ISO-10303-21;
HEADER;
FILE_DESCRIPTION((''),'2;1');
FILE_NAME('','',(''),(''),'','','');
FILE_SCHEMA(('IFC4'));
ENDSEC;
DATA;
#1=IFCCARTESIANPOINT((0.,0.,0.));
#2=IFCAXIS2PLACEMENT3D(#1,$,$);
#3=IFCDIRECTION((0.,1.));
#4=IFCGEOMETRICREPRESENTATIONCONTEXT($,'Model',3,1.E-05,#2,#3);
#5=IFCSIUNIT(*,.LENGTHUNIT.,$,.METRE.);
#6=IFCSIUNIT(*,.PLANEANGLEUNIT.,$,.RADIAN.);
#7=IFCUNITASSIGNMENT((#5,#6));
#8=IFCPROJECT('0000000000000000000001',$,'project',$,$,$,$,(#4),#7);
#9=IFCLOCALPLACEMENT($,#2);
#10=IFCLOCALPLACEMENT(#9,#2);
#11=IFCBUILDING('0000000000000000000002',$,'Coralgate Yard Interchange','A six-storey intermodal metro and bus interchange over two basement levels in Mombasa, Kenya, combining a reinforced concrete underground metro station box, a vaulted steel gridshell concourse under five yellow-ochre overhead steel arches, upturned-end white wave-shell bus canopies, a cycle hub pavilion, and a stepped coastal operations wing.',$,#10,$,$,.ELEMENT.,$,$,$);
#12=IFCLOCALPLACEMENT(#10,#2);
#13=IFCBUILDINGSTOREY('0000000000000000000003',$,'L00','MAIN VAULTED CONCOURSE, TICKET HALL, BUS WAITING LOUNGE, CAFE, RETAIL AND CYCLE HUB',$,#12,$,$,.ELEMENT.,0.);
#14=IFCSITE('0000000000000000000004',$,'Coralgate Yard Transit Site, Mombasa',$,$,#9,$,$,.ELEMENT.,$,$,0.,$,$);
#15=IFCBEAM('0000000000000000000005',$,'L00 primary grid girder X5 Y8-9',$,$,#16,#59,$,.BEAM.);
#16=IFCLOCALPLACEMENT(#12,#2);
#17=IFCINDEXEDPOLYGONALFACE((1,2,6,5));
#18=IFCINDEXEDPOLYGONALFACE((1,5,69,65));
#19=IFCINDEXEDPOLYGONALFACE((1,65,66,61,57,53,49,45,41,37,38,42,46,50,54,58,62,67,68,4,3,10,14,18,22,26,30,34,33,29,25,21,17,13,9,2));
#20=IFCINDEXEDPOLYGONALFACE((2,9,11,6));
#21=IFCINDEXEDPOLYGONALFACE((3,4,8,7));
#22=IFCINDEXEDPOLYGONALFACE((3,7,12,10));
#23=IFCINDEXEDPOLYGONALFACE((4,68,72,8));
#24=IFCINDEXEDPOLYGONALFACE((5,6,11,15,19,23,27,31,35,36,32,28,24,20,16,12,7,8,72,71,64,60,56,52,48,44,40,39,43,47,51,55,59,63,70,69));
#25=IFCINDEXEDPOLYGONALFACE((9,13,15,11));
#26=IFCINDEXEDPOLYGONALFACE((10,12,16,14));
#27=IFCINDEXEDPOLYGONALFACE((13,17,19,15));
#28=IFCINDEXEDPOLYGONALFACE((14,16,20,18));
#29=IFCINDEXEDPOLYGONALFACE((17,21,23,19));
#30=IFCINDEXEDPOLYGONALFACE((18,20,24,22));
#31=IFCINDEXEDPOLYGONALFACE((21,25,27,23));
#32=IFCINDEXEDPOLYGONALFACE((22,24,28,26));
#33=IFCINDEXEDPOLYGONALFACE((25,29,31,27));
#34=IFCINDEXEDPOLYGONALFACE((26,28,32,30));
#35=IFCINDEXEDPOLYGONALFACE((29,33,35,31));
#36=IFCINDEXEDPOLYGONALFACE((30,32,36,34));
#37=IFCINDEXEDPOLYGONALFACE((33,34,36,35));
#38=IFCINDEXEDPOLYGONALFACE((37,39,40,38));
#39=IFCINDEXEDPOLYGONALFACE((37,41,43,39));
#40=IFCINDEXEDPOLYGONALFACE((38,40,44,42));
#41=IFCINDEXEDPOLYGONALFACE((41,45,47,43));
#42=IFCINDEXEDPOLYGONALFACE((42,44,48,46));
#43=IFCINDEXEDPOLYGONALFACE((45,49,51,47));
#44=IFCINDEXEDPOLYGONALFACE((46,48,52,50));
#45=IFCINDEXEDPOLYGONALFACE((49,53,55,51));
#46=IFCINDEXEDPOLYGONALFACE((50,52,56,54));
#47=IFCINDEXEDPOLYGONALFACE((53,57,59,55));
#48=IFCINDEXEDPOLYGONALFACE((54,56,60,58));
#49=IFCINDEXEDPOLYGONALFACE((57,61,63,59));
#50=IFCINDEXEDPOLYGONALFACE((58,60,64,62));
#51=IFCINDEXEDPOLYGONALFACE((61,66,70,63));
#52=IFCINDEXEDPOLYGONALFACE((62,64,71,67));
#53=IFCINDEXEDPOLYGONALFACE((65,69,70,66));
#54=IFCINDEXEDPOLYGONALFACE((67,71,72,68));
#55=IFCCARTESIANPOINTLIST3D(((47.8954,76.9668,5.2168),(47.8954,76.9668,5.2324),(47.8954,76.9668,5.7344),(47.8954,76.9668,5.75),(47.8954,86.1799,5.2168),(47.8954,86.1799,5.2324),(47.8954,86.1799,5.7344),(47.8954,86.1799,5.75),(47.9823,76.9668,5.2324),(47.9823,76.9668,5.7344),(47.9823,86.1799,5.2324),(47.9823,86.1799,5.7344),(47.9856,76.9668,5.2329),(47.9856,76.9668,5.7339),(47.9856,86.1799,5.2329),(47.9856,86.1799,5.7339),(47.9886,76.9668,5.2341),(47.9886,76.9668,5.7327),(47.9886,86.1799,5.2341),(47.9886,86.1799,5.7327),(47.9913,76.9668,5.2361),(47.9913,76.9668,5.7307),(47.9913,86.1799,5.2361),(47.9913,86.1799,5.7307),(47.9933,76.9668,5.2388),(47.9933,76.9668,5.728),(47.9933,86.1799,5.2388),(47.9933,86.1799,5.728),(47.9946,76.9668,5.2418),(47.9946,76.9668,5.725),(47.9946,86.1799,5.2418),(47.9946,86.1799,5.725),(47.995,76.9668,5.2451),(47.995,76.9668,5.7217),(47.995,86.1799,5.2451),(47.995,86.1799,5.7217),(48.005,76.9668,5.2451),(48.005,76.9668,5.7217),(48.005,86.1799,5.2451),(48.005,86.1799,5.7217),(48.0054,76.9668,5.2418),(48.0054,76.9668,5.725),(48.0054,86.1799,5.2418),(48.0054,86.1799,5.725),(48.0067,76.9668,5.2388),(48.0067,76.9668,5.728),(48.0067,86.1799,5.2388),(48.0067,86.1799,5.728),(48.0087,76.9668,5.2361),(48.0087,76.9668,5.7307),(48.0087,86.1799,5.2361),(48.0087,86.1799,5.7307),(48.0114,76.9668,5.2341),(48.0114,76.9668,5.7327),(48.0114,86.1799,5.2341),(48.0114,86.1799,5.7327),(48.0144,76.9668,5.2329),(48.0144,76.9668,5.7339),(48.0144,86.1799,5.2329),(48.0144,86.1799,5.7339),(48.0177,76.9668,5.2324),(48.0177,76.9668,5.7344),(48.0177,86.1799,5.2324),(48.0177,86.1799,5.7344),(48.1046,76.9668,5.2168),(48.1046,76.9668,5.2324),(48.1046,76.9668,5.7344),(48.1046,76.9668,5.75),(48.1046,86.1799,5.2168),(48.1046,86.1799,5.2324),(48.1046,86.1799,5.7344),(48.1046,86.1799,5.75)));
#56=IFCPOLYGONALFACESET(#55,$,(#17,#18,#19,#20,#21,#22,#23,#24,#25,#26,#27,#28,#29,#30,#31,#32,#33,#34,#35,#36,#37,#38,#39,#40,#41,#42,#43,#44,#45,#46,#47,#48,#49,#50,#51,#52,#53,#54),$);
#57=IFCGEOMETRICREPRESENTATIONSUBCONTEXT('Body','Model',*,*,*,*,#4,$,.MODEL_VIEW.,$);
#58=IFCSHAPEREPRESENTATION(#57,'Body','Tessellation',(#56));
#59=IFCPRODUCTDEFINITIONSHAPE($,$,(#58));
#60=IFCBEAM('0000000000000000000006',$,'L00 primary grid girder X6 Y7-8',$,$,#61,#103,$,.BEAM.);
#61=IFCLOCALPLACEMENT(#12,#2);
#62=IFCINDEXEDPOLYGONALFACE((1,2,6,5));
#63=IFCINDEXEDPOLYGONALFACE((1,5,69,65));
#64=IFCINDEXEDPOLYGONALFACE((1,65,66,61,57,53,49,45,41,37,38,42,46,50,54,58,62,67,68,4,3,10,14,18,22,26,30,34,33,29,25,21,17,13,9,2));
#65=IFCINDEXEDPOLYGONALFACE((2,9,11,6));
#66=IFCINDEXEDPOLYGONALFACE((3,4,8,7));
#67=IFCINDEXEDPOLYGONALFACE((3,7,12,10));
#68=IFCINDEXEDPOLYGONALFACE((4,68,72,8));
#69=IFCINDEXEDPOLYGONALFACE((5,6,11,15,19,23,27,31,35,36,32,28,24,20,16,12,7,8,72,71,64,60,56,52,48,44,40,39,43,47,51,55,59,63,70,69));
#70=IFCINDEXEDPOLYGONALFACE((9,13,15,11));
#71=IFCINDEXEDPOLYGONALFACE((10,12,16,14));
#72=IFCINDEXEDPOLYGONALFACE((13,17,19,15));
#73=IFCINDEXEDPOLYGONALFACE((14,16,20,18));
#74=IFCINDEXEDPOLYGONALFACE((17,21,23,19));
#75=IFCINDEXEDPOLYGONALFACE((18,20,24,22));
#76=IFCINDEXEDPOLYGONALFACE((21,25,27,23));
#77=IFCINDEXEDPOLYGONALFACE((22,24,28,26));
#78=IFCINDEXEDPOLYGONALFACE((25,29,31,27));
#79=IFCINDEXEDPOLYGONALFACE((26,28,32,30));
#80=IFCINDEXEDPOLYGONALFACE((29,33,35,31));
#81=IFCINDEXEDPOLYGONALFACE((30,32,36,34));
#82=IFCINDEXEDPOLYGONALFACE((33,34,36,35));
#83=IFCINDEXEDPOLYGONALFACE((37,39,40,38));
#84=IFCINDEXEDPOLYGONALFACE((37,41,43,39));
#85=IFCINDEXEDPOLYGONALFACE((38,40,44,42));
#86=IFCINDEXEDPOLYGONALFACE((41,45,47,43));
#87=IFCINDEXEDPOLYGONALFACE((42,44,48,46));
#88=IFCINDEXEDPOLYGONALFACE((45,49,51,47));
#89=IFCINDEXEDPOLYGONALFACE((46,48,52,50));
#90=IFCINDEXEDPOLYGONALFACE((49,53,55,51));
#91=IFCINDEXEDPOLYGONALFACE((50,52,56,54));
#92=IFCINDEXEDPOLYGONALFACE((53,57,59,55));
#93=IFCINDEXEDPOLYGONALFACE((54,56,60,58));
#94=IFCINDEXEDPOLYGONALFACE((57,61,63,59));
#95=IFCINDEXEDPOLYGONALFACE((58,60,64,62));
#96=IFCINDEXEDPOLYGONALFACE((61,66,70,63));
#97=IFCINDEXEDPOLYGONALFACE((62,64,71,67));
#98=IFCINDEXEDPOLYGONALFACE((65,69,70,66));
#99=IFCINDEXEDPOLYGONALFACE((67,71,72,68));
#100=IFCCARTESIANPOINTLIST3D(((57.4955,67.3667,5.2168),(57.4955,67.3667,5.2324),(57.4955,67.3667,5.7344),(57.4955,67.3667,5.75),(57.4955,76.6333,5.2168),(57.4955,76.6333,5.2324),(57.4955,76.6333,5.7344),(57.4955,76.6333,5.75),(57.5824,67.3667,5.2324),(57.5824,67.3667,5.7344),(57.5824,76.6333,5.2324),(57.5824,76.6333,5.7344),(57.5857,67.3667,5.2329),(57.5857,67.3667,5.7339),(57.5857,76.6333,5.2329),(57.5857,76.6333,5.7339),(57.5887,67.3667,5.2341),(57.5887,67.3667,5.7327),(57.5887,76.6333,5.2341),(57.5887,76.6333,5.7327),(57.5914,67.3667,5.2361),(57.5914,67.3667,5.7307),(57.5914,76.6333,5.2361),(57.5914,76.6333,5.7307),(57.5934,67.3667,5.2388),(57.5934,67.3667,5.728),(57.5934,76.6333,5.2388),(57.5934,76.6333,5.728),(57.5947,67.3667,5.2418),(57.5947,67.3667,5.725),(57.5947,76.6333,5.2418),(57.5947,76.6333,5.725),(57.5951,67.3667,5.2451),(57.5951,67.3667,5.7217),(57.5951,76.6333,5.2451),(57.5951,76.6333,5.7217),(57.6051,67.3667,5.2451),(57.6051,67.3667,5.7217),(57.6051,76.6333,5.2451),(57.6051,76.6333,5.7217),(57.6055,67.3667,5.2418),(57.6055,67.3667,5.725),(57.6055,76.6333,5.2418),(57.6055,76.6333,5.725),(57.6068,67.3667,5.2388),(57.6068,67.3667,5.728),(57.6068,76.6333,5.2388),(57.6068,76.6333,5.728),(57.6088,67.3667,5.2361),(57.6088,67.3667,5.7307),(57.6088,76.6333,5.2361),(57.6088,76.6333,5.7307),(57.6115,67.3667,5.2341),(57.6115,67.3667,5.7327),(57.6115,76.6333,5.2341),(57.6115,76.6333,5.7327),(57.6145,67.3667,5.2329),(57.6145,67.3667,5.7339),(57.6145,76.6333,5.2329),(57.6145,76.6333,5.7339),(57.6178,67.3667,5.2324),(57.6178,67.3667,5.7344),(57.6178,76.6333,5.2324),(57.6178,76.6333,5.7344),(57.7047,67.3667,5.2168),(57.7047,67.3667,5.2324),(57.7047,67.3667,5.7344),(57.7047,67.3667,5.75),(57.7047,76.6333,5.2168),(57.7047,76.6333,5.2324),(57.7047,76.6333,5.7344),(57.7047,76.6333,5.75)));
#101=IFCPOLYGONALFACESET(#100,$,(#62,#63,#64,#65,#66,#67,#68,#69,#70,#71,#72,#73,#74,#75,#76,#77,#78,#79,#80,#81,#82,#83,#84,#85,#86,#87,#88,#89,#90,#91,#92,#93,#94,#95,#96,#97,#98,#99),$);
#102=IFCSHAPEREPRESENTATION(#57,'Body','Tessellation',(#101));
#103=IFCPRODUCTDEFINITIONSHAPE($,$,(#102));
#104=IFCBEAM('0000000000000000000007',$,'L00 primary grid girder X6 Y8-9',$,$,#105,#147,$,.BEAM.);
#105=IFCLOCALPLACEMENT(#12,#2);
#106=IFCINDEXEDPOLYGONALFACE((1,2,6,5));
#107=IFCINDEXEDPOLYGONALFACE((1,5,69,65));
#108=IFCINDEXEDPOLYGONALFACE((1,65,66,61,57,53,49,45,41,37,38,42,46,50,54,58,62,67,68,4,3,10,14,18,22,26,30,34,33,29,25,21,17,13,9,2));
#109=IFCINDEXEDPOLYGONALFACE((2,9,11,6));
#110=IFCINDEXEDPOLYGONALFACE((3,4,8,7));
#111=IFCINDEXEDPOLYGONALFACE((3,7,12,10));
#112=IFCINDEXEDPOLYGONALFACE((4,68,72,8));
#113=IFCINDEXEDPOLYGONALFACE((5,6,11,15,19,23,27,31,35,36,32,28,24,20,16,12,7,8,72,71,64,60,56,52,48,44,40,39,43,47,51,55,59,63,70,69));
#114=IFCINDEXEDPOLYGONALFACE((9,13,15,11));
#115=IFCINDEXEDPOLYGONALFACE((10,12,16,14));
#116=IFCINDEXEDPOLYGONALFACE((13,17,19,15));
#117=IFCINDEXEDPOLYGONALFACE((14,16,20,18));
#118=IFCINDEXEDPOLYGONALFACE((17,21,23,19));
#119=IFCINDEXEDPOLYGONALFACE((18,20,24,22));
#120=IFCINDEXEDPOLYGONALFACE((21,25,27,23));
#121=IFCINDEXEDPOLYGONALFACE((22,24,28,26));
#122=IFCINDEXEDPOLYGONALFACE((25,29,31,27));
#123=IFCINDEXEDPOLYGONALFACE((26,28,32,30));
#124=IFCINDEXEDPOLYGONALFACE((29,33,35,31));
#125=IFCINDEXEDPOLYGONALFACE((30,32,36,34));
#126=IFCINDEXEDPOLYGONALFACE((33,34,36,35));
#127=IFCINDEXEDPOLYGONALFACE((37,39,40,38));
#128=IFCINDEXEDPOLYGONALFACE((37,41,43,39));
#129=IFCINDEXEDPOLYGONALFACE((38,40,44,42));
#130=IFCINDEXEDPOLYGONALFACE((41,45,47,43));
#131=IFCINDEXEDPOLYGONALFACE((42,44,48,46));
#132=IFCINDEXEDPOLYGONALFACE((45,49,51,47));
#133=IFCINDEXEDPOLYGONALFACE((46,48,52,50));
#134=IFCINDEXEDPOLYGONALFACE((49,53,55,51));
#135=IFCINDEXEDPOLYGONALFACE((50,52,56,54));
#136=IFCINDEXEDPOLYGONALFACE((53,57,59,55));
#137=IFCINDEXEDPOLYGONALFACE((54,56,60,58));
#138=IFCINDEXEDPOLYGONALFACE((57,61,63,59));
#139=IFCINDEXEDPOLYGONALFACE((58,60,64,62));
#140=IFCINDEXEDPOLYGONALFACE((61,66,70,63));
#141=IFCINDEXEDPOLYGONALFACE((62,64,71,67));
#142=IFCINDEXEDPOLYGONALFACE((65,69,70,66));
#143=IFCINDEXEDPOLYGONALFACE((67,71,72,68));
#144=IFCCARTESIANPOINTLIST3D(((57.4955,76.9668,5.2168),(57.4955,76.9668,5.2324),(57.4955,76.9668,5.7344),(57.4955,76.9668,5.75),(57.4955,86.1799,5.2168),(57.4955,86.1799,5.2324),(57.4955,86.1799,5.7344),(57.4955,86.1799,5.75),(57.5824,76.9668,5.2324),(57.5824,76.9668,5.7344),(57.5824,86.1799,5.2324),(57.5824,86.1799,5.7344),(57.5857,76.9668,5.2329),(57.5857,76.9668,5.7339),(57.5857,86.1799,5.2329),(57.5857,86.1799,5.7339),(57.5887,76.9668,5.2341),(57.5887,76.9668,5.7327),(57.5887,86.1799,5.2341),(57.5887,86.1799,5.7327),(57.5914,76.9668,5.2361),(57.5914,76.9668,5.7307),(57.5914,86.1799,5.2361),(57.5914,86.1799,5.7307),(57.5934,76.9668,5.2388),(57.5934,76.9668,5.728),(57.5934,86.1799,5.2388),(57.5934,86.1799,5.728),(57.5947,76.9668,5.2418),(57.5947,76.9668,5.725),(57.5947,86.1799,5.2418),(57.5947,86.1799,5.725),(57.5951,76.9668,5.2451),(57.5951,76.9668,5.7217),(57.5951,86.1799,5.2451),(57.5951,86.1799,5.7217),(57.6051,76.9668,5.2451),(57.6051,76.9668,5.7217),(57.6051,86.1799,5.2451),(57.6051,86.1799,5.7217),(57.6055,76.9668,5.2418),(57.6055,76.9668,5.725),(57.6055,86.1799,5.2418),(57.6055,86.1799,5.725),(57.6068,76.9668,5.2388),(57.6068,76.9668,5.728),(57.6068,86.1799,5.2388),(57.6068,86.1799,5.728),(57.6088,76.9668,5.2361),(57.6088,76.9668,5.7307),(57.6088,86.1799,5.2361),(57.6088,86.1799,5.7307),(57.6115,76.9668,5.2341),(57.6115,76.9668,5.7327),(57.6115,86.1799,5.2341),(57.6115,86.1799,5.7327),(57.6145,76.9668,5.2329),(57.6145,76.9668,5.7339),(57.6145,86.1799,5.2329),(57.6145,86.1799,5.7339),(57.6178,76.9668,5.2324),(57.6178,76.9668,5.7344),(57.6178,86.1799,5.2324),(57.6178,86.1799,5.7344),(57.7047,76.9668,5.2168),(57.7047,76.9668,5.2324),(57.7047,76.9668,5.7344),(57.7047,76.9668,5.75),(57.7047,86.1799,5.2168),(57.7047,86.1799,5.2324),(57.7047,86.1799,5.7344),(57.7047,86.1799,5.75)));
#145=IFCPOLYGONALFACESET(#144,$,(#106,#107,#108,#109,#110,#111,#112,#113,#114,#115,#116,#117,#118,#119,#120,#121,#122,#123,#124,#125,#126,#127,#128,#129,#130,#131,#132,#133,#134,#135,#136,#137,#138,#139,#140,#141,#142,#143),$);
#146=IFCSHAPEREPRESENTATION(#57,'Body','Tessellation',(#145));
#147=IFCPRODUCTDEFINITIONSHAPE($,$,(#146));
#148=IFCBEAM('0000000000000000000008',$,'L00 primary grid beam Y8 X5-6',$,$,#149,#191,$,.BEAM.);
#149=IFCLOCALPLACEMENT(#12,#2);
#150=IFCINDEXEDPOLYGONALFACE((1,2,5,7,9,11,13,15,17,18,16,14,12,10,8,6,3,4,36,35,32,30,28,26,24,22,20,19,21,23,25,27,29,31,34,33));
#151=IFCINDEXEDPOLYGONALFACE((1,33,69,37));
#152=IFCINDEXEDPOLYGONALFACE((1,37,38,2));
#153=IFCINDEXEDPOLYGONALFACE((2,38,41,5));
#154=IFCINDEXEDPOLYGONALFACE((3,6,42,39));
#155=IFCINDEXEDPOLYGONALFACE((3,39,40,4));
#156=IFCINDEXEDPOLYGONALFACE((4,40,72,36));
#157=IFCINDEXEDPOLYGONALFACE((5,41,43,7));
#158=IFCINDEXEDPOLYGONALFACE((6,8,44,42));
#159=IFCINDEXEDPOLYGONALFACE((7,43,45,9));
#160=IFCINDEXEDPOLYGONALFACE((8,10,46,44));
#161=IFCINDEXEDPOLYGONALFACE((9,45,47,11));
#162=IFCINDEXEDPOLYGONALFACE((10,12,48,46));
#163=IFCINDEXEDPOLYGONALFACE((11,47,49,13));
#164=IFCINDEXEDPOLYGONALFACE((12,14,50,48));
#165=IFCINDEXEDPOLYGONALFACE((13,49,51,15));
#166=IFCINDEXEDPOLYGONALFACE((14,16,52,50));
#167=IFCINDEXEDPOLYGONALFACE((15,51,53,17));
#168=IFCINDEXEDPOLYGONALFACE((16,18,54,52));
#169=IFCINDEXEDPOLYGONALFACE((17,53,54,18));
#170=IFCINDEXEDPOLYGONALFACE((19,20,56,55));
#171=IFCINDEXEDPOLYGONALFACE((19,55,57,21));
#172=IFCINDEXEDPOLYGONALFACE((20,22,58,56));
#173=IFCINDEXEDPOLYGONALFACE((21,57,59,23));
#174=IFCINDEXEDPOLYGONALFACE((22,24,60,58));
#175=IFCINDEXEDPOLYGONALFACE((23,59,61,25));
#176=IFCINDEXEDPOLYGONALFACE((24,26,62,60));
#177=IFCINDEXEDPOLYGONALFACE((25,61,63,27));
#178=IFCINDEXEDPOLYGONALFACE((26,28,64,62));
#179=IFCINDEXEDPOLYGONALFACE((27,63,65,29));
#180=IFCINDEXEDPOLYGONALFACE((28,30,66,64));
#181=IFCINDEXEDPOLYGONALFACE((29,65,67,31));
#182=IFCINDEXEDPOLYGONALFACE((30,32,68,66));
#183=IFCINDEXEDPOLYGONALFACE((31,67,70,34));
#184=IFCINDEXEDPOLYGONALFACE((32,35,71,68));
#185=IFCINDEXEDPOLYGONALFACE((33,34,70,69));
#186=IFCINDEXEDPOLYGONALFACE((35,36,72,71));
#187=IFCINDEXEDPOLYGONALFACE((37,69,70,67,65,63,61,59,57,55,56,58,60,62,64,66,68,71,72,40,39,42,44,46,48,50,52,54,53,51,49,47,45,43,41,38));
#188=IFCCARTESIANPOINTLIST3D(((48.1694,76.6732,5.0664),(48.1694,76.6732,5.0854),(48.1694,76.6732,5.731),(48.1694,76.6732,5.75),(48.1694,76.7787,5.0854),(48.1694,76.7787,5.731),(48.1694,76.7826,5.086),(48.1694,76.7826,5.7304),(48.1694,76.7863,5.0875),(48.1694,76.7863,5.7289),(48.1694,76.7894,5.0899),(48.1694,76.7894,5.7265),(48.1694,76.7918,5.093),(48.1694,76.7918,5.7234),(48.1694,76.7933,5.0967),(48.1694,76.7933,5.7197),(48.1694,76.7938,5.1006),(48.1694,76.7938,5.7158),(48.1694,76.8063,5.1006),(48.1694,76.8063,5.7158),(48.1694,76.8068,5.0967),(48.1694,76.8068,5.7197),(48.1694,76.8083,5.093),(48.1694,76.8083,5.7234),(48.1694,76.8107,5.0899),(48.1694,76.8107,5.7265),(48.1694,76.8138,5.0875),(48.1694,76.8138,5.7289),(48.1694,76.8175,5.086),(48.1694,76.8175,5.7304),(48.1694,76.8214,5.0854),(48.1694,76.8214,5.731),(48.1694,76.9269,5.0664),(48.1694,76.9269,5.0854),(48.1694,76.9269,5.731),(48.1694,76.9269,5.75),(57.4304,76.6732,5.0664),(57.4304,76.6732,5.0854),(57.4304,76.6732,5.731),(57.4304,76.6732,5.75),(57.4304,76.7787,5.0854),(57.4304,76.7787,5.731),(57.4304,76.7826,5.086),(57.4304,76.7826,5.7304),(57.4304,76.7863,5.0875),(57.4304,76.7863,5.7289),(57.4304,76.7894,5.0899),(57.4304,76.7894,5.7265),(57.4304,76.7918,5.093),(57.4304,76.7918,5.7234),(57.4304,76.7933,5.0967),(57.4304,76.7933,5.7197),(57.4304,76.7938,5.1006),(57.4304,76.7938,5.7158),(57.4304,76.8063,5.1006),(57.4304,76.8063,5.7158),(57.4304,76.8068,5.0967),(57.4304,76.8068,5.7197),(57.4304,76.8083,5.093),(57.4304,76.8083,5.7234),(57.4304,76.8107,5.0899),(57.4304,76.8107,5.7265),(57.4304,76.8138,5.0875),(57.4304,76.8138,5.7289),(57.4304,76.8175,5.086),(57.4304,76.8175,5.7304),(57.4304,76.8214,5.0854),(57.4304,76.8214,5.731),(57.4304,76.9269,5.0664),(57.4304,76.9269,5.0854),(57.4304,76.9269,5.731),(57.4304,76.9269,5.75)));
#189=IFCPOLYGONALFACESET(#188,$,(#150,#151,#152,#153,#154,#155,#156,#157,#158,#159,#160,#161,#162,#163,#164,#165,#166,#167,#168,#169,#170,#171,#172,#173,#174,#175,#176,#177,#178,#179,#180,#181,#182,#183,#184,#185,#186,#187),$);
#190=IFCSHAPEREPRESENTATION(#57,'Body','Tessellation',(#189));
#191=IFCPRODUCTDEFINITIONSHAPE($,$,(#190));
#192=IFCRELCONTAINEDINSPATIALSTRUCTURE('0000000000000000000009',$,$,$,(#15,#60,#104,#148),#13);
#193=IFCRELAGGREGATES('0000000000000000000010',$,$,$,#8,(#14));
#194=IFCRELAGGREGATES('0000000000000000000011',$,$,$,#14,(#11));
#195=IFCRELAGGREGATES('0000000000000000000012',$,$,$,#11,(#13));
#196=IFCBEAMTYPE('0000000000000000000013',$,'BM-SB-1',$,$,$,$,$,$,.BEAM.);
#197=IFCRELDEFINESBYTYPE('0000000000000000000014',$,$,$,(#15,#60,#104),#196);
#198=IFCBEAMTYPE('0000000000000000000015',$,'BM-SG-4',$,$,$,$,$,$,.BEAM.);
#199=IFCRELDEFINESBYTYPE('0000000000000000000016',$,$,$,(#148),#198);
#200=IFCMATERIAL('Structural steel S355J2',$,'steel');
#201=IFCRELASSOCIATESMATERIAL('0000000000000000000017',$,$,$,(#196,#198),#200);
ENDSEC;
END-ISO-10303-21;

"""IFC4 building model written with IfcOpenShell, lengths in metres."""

from ifc_helpers import new_model, si_unit, direction, frame, origin, origin_2d, place, context, subcontext, project, spatial, i_section, extrude, material, material_profile, profile_set, type_object, element, save


model = new_model("IFC4")

# Units and contexts
model_context = context("Model", 3, precision=1e-05, world=origin(), true_north=direction((0.0, 1.0)))
body_context = subcontext(model_context, "Body", "Model", "MODEL_VIEW")
ifc_project = project(units=[si_unit("LENGTHUNIT", "METRE"), si_unit("PLANEANGLEUNIT", "RADIAN")], contexts=[model_context])

# Site, building, storey
site_placement = place(None, origin())
site = spatial("IfcSite", under=ifc_project, at=site_placement, Name="Coralgate Yard Transit Site, Mombasa", CompositionType="ELEMENT", RefElevation=0.0)
building_placement = place(site_placement, origin())
building = spatial("IfcBuilding", under=site, at=building_placement, Name="Coralgate Yard Interchange", Description="A six-storey intermodal metro and bus interchange over two basement levels in Mombasa, Kenya, combining a reinforced concrete underground metro station box, a vaulted steel gridshell concourse under five yellow-ochre overhead steel arches, upturned-end white wave-shell bus canopies, a cycle hub pavilion, and a stepped coastal operations wing.", CompositionType="ELEMENT")
storey_placement = place(building_placement, origin())
storey = spatial("IfcBuildingStorey", under=building, at=storey_placement, Name="L00", Description="MAIN VAULTED CONCOURSE, TICKET HALL, BUS WAITING LOUNGE, CAFE, RETAIL AND CYCLE HUB", CompositionType="ELEMENT", Elevation=0.0)

# Shared definitions
ifc_material_1 = material(Name="Structural steel S355J2", Category="steel")

# Beams
ifc_material_profile_1 = material_profile(ifc_material_1, i_section(OverallWidth=0.2092, OverallDepth=0.5332, WebThickness=0.01, FlangeThickness=0.0156, FilletRadius=0.0127, at=origin_2d()), Name="UB 533x210x92")
ifc_profile_set_1 = profile_set([ifc_material_profile_1], Name="Structural steel S355J2")
beam_type_1 = type_object("IfcBeamType", Name="BM-SB-1", PredefinedType="BEAM", material=ifc_profile_set_1)
beam_1_placement = place(storey_placement, frame((48.0, 76.9668, 5.4834), z_axis=(0.0, 1.0, 0.0), x_axis=(-1.0, 0.0, 0.0)))
element("IfcBeam", 1, at=beam_1_placement, inside=storey, type_object=beam_type_1, Name="L00 primary grid girder X5 Y8-9", PredefinedType="BEAM", context=body_context, shape_type="SweptSolid", body=[
    extrude(i_section(OverallWidth=0.2092, OverallDepth=0.5332, WebThickness=0.01, FlangeThickness=0.0156, FilletRadius=0.0127, at=origin_2d()), origin(), (0.0, 0.0, 1.0), 9.2131),
])
beam_2_placement = place(storey_placement, frame((57.6001, 67.3667, 5.4834), z_axis=(0.0, 1.0, 0.0), x_axis=(-1.0, 0.0, 0.0)))
element("IfcBeam", 2, at=beam_2_placement, inside=storey, type_object=beam_type_1, Name="L00 primary grid girder X6 Y7-8", PredefinedType="BEAM", context=body_context, shape_type="SweptSolid", body=[
    extrude(i_section(OverallWidth=0.2092, OverallDepth=0.5332, WebThickness=0.01, FlangeThickness=0.0156, FilletRadius=0.0127, at=origin_2d()), origin(), (0.0, 0.0, 1.0), 9.2666),
])
beam_3_placement = place(storey_placement, frame((57.6001, 76.9668, 5.4834), z_axis=(0.0, 1.0, 0.0), x_axis=(-1.0, 0.0, 0.0)))
element("IfcBeam", 3, at=beam_3_placement, inside=storey, type_object=beam_type_1, Name="L00 primary grid girder X6 Y8-9", PredefinedType="BEAM", context=body_context, shape_type="SweptSolid", body=[
    extrude(i_section(OverallWidth=0.2092, OverallDepth=0.5332, WebThickness=0.01, FlangeThickness=0.0156, FilletRadius=0.0127, at=origin_2d()), origin(), (0.0, 0.0, 1.0), 9.2131),
])
ifc_material_profile_2 = material_profile(ifc_material_1, i_section(OverallWidth=0.2537, OverallDepth=0.6836, WebThickness=0.0125, FlangeThickness=0.019, FilletRadius=0.0151, at=origin_2d()), Name="UB 686x254x140")
ifc_profile_set_2 = profile_set([ifc_material_profile_2], Name="Structural steel S355J2")
beam_type_2 = type_object("IfcBeamType", Name="BM-SG-4", PredefinedType="BEAM", material=ifc_profile_set_2)
for number, where, z_axis, x_axis, name in (
    (4, (48.1694, 76.8, 5.4082), (1.0, 0.0, 0.0), (0.0, 1.0, 0.0), "L00 primary grid beam Y8 X5-6"),
):
    element("IfcBeam", number, at=place(storey_placement, frame(where, z_axis=z_axis, x_axis=x_axis)), inside=storey, type_object=beam_type_2, Name=name, PredefinedType="BEAM", context=body_context, shape_type="SweptSolid", body=[
        extrude(i_section(OverallWidth=0.2537, OverallDepth=0.6836, WebThickness=0.0125, FlangeThickness=0.019, FilletRadius=0.0151, at=origin_2d()), origin(), (0.0, 0.0, 1.0), 9.261),
    ])

save(model, "model.ifc")
